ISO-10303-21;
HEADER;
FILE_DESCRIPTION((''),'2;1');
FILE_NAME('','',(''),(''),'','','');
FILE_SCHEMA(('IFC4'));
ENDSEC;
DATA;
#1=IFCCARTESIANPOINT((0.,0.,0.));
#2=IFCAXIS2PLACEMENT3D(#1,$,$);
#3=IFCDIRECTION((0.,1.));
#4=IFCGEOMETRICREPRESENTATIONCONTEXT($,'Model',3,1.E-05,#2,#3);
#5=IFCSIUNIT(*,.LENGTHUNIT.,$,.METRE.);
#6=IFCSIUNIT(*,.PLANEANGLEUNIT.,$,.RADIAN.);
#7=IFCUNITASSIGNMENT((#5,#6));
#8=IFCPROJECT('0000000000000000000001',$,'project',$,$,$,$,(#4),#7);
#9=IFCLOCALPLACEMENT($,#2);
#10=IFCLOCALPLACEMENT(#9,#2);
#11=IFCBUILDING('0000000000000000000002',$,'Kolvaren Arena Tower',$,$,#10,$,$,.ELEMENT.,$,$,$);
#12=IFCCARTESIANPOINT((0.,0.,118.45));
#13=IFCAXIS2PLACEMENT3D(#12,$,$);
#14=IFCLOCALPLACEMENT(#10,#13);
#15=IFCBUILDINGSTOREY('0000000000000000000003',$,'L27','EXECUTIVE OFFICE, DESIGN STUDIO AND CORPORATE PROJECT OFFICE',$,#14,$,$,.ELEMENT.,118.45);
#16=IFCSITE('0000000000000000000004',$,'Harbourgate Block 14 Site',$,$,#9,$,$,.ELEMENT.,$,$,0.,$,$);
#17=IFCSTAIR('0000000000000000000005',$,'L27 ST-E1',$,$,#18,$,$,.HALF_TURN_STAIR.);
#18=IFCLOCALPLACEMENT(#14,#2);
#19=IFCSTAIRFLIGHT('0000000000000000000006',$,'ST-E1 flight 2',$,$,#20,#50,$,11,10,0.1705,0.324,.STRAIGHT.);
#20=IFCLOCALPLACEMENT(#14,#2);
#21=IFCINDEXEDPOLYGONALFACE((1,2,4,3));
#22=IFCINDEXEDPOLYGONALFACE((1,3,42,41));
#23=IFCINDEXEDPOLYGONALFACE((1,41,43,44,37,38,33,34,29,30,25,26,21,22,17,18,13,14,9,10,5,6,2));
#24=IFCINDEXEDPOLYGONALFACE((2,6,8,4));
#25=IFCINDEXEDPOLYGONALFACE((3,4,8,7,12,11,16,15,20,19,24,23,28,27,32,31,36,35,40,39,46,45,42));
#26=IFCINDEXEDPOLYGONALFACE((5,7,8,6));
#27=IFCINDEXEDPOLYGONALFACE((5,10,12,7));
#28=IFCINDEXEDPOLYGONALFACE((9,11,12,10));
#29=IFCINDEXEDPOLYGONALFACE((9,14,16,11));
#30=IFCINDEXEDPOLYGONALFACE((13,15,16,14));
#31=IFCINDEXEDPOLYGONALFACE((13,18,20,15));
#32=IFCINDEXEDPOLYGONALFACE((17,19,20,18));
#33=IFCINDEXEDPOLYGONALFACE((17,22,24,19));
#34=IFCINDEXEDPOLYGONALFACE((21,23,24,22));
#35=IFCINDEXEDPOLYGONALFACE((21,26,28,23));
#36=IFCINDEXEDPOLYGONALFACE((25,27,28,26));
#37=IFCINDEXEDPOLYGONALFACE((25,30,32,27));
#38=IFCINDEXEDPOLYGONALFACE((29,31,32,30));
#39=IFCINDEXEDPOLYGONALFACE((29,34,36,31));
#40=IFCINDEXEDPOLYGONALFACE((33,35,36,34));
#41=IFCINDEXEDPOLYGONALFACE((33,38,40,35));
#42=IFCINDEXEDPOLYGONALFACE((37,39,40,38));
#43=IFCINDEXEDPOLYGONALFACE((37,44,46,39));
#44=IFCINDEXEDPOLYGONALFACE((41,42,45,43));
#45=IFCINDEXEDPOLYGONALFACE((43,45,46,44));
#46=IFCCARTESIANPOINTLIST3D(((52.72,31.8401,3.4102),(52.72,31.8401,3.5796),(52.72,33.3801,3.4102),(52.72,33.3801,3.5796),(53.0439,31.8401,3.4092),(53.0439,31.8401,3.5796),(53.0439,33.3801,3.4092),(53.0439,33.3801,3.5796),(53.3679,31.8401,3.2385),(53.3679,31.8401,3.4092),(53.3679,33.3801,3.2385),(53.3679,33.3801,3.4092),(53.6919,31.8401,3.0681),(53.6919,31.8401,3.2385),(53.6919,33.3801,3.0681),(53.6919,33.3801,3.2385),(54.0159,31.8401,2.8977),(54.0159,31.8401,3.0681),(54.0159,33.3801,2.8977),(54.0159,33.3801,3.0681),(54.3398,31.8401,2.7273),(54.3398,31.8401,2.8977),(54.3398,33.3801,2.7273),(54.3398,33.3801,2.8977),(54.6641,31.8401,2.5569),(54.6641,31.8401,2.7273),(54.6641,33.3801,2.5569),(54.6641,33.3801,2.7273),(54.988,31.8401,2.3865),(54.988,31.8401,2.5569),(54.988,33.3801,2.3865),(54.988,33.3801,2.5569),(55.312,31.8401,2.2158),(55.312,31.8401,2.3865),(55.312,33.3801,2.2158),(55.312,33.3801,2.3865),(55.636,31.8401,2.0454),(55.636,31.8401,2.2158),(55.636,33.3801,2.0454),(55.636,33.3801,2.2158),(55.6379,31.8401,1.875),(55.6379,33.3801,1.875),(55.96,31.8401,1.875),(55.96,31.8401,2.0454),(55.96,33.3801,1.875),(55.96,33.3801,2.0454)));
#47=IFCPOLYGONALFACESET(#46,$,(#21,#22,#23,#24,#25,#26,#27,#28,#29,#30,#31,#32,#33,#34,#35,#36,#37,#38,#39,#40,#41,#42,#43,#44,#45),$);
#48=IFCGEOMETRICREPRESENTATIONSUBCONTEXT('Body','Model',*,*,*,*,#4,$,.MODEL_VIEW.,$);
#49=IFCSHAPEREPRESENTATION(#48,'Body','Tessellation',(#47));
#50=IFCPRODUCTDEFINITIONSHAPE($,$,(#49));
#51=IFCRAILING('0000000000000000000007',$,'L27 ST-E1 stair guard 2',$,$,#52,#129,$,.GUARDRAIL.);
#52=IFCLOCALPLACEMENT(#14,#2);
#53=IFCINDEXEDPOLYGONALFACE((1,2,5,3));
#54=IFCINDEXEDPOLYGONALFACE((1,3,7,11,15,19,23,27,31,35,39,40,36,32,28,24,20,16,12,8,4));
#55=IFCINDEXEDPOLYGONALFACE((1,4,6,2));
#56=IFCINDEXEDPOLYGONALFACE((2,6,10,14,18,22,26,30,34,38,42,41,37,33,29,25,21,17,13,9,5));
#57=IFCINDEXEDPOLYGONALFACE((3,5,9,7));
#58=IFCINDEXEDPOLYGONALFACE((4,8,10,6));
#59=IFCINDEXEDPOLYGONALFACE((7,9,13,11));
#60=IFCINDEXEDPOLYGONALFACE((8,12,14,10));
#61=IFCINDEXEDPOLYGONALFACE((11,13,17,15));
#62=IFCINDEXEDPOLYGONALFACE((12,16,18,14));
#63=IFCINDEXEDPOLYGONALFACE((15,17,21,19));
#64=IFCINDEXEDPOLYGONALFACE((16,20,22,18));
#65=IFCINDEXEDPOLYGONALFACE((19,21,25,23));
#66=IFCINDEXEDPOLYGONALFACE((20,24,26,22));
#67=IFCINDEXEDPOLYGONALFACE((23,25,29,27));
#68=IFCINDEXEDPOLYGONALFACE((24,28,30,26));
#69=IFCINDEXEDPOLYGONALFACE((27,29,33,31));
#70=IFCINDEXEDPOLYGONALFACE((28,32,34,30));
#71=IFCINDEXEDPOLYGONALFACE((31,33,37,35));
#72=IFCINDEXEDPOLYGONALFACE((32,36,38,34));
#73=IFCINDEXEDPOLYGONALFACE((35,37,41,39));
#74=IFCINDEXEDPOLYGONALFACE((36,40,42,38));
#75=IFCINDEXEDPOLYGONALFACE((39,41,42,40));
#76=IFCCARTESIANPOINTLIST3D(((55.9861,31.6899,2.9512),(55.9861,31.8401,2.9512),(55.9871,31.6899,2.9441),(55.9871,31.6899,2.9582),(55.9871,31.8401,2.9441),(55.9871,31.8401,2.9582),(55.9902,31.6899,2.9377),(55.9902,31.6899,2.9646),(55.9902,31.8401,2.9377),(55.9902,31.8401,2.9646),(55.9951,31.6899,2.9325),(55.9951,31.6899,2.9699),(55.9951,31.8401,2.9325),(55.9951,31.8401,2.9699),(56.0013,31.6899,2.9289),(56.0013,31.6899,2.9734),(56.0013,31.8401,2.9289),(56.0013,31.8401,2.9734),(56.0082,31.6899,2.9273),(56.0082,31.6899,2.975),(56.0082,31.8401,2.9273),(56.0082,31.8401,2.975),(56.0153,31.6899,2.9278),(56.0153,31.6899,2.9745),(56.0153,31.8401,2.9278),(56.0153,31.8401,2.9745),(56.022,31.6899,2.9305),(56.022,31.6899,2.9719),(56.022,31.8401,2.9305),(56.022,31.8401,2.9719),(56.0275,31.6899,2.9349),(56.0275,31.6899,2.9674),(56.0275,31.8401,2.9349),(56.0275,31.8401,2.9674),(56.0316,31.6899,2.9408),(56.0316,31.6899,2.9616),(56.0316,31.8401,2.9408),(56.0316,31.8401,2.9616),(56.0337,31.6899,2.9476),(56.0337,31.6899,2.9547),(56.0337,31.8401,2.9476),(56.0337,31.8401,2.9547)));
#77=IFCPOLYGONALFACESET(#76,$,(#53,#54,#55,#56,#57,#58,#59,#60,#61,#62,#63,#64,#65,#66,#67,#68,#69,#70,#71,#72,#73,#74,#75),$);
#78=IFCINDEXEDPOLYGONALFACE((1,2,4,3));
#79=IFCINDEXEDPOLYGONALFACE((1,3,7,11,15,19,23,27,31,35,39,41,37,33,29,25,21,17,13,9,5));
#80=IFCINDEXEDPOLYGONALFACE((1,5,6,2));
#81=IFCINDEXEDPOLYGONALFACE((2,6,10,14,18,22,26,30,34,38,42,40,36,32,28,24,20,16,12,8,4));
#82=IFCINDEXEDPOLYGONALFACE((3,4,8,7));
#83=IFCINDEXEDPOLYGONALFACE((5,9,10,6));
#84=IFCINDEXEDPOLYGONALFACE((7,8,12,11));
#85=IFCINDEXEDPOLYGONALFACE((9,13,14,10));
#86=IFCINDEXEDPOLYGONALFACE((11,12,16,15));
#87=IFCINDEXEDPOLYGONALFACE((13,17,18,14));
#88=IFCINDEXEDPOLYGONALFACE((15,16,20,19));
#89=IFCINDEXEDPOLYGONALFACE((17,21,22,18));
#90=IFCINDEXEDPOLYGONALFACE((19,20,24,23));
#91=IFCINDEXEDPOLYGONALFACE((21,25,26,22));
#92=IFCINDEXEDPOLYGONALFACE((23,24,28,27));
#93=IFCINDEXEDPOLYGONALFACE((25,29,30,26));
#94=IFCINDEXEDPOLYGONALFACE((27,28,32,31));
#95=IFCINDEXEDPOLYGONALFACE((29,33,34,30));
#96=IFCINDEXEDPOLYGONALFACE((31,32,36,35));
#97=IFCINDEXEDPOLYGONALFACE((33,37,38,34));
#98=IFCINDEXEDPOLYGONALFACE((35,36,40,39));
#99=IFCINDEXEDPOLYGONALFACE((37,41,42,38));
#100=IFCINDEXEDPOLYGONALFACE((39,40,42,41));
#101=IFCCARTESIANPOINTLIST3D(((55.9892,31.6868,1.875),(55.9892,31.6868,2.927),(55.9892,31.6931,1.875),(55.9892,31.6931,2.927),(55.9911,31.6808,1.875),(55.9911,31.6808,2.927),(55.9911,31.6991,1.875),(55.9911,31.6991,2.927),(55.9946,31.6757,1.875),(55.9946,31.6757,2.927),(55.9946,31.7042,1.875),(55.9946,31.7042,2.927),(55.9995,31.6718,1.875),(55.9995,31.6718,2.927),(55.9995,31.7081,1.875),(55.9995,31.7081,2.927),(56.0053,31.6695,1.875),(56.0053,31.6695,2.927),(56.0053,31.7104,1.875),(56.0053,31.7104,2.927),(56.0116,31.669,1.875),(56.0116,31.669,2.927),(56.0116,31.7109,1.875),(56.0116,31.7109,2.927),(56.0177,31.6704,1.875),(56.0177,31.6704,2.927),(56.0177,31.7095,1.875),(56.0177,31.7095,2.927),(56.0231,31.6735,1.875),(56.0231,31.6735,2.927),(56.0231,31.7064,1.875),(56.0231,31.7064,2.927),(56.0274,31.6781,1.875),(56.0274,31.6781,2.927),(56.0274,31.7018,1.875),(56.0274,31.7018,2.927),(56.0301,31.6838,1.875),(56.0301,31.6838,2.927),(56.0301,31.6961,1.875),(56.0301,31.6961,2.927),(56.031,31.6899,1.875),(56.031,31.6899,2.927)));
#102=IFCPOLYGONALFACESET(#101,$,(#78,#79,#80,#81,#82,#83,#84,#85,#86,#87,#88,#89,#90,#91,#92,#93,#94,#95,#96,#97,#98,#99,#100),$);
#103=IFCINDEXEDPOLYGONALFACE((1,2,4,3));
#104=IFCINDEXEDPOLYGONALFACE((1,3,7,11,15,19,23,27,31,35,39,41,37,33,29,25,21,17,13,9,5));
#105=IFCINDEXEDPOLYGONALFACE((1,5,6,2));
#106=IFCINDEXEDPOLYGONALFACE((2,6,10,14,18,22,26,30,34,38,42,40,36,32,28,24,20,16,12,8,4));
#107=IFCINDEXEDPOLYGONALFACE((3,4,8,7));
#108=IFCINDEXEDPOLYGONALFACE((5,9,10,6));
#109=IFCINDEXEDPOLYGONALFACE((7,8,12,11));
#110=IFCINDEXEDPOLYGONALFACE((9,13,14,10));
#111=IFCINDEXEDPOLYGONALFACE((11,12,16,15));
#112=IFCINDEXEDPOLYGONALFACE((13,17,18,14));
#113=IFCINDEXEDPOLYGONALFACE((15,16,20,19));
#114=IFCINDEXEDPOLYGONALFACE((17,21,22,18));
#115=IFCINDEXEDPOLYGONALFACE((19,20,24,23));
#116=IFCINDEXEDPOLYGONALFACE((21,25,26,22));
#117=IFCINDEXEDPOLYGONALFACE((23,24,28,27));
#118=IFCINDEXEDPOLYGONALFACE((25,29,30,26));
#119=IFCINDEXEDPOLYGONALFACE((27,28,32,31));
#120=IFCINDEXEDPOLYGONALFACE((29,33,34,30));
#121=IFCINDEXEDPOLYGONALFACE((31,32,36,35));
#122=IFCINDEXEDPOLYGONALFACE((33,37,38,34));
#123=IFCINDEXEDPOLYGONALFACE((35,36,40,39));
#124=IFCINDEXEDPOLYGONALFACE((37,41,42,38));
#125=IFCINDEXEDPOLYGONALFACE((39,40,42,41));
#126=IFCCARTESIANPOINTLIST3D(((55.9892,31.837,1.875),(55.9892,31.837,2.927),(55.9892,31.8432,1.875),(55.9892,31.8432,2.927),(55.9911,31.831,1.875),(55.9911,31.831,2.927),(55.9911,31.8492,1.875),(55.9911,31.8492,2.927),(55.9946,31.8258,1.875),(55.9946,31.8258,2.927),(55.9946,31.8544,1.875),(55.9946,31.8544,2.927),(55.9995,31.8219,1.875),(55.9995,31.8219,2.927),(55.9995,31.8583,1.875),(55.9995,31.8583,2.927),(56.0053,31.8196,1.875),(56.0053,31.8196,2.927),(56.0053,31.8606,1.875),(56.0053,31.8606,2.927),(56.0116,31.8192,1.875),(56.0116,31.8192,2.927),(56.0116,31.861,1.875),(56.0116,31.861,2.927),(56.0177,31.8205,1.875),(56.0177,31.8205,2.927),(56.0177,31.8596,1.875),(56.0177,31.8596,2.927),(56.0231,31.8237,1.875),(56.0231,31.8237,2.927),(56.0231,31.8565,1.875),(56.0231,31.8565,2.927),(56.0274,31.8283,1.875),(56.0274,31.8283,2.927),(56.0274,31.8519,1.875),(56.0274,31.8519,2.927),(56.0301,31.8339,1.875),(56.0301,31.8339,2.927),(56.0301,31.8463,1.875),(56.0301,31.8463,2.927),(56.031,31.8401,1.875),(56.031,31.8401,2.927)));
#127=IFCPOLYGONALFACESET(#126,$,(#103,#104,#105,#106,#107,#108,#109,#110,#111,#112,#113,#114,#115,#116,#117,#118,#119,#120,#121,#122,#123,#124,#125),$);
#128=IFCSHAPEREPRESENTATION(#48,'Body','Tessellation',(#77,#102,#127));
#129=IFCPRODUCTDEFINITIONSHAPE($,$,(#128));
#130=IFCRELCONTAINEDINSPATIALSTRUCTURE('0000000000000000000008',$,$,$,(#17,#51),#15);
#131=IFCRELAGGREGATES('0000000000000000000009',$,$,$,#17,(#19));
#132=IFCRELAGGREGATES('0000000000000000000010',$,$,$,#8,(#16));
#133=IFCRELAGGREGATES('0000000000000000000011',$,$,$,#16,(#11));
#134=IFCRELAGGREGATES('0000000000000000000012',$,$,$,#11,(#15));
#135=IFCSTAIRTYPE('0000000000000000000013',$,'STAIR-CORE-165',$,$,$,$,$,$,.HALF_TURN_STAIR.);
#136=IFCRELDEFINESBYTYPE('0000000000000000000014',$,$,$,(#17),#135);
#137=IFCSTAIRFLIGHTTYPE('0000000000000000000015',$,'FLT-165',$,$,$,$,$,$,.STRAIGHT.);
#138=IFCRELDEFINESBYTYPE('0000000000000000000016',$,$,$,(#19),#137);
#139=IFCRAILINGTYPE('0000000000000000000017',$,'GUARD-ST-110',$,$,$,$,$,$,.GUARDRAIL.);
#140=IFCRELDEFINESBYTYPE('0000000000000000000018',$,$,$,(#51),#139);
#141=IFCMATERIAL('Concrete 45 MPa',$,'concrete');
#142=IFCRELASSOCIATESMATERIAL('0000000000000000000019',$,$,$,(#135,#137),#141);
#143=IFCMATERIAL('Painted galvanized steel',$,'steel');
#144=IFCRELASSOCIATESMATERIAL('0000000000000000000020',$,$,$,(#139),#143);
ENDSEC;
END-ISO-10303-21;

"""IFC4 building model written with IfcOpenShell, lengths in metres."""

from ifc_helpers import new_model, si_unit, direction, frame, origin, origin_2d, place, context, subcontext, project, spatial, polyline, circle, outline, extrude, material, type_object, element, aggregate, save


model = new_model("IFC4")

# Units and contexts
model_context = context("Model", 3, precision=1e-05, world=origin(), true_north=direction((0.0, 1.0)))
body_context = subcontext(model_context, "Body", "Model", "MODEL_VIEW")
ifc_project = project(units=[si_unit("LENGTHUNIT", "METRE"), si_unit("PLANEANGLEUNIT", "RADIAN")], contexts=[model_context])

# Site, building, storey
site_placement = place(None, origin())
site = spatial("IfcSite", under=ifc_project, at=site_placement, Name="Harbourgate Block 14 Site", CompositionType="ELEMENT", RefElevation=0.0)
building_placement = place(site_placement, origin())
building = spatial("IfcBuilding", under=site, at=building_placement, Name="Kolvaren Arena Tower", CompositionType="ELEMENT")
storey_placement = place(building_placement, frame((0.0, 0.0, 118.45)))
storey = spatial("IfcBuildingStorey", under=building, at=storey_placement, Name="L27", Description="EXECUTIVE OFFICE, DESIGN STUDIO AND CORPORATE PROJECT OFFICE", CompositionType="ELEMENT", Elevation=118.45)

# Shared definitions
ifc_material_1 = material(Name="Concrete 45 MPa", Category="concrete")

# Stair, stair flight
stair_type_1 = type_object("IfcStairType", Name="STAIR-CORE-165", PredefinedType="HALF_TURN_STAIR", material=ifc_material_1)
stair_1_placement = place(storey_placement, origin())
stair_1 = element("IfcStair", 1, at=stair_1_placement, inside=storey, type_object=stair_type_1, Name="L27 ST-E1", PredefinedType="HALF_TURN_STAIR")
stair_flight_type_1 = type_object("IfcStairFlightType", Name="FLT-165", PredefinedType="STRAIGHT", material=ifc_material_1)
stair_flight_1_placement = place(storey_placement, frame((55.96, 32.6101, 1.875), z_axis=(0.0, 0.0, 1.0), x_axis=(-1.0, 0.0, 0.0)))
stair_flight_1 = element("IfcStairFlight", 2, at=stair_flight_1_placement, type_object=stair_flight_type_1, Name="ST-E1 flight 2", NumberOfRisers=11, NumberOfTreads=10, PredefinedType="STRAIGHT", RiserHeight=0.1705, TreadLength=0.324, context=body_context, shape_type="SweptSolid", body=[
    extrude(outline(polyline([(0.0, 0.0), (0.0, 0.1704), (0.324, 0.1704), (0.324, 0.3408), (0.6479, 0.3408), (0.6479, 0.5115), (0.9719, 0.5115), (0.9719, 0.6819), (1.2959, 0.6819), (1.2959, 0.8523), (1.6201, 0.8523), (1.6201, 1.0227), (1.9441, 1.0227), (1.9441, 1.1931), (2.2681, 1.1931), (2.2681, 1.3635), (2.592, 1.3635), (2.592, 1.5342), (2.916, 1.5342), (2.916, 1.7046), (3.24, 1.7046), (3.24, 1.875), (3.24, 1.5352), (0.322, 0.0), (0.0, 0.0)])), frame((0.0, 0.77, 0.0), z_axis=(0.0, -1.0, 0.0), x_axis=(1.0, 0.0, 0.0)), (0.0, 0.0, 1.0), 1.54),
])
aggregate(stair_1, [stair_flight_1])

# Railing
ifc_material_2 = material(Name="Painted galvanized steel", Category="steel")
railing_type_1 = type_object("IfcRailingType", Name="GUARD-ST-110", PredefinedType="GUARDRAIL", material=ifc_material_2)
railing_1_placement = place(storey_placement, frame((56.01, 31.6899, 1.875)))
element("IfcRailing", 3, at=railing_1_placement, inside=storey, type_object=railing_type_1, Name="L27 ST-E1 stair guard 2", PredefinedType="GUARDRAIL", context=body_context, shape_type="SweptSolid", body=[
    extrude(circle(Radius=0.0239, at=origin_2d()), frame((0.0, 0.0, 1.0762), z_axis=(0.0, 1.0, 0.0), x_axis=(-1.0, 0.0, 0.0)), (0.0, 0.0, 1.0), 0.1501),
    extrude(circle(Radius=0.021, at=origin_2d()), origin(), (0.0, 0.0, 1.0), 1.052),
    extrude(circle(Radius=0.021, at=origin_2d()), frame((0.0, 0.1501, 0.0)), (0.0, 0.0, 1.0), 1.052),
])

save(model, "model.ifc")
